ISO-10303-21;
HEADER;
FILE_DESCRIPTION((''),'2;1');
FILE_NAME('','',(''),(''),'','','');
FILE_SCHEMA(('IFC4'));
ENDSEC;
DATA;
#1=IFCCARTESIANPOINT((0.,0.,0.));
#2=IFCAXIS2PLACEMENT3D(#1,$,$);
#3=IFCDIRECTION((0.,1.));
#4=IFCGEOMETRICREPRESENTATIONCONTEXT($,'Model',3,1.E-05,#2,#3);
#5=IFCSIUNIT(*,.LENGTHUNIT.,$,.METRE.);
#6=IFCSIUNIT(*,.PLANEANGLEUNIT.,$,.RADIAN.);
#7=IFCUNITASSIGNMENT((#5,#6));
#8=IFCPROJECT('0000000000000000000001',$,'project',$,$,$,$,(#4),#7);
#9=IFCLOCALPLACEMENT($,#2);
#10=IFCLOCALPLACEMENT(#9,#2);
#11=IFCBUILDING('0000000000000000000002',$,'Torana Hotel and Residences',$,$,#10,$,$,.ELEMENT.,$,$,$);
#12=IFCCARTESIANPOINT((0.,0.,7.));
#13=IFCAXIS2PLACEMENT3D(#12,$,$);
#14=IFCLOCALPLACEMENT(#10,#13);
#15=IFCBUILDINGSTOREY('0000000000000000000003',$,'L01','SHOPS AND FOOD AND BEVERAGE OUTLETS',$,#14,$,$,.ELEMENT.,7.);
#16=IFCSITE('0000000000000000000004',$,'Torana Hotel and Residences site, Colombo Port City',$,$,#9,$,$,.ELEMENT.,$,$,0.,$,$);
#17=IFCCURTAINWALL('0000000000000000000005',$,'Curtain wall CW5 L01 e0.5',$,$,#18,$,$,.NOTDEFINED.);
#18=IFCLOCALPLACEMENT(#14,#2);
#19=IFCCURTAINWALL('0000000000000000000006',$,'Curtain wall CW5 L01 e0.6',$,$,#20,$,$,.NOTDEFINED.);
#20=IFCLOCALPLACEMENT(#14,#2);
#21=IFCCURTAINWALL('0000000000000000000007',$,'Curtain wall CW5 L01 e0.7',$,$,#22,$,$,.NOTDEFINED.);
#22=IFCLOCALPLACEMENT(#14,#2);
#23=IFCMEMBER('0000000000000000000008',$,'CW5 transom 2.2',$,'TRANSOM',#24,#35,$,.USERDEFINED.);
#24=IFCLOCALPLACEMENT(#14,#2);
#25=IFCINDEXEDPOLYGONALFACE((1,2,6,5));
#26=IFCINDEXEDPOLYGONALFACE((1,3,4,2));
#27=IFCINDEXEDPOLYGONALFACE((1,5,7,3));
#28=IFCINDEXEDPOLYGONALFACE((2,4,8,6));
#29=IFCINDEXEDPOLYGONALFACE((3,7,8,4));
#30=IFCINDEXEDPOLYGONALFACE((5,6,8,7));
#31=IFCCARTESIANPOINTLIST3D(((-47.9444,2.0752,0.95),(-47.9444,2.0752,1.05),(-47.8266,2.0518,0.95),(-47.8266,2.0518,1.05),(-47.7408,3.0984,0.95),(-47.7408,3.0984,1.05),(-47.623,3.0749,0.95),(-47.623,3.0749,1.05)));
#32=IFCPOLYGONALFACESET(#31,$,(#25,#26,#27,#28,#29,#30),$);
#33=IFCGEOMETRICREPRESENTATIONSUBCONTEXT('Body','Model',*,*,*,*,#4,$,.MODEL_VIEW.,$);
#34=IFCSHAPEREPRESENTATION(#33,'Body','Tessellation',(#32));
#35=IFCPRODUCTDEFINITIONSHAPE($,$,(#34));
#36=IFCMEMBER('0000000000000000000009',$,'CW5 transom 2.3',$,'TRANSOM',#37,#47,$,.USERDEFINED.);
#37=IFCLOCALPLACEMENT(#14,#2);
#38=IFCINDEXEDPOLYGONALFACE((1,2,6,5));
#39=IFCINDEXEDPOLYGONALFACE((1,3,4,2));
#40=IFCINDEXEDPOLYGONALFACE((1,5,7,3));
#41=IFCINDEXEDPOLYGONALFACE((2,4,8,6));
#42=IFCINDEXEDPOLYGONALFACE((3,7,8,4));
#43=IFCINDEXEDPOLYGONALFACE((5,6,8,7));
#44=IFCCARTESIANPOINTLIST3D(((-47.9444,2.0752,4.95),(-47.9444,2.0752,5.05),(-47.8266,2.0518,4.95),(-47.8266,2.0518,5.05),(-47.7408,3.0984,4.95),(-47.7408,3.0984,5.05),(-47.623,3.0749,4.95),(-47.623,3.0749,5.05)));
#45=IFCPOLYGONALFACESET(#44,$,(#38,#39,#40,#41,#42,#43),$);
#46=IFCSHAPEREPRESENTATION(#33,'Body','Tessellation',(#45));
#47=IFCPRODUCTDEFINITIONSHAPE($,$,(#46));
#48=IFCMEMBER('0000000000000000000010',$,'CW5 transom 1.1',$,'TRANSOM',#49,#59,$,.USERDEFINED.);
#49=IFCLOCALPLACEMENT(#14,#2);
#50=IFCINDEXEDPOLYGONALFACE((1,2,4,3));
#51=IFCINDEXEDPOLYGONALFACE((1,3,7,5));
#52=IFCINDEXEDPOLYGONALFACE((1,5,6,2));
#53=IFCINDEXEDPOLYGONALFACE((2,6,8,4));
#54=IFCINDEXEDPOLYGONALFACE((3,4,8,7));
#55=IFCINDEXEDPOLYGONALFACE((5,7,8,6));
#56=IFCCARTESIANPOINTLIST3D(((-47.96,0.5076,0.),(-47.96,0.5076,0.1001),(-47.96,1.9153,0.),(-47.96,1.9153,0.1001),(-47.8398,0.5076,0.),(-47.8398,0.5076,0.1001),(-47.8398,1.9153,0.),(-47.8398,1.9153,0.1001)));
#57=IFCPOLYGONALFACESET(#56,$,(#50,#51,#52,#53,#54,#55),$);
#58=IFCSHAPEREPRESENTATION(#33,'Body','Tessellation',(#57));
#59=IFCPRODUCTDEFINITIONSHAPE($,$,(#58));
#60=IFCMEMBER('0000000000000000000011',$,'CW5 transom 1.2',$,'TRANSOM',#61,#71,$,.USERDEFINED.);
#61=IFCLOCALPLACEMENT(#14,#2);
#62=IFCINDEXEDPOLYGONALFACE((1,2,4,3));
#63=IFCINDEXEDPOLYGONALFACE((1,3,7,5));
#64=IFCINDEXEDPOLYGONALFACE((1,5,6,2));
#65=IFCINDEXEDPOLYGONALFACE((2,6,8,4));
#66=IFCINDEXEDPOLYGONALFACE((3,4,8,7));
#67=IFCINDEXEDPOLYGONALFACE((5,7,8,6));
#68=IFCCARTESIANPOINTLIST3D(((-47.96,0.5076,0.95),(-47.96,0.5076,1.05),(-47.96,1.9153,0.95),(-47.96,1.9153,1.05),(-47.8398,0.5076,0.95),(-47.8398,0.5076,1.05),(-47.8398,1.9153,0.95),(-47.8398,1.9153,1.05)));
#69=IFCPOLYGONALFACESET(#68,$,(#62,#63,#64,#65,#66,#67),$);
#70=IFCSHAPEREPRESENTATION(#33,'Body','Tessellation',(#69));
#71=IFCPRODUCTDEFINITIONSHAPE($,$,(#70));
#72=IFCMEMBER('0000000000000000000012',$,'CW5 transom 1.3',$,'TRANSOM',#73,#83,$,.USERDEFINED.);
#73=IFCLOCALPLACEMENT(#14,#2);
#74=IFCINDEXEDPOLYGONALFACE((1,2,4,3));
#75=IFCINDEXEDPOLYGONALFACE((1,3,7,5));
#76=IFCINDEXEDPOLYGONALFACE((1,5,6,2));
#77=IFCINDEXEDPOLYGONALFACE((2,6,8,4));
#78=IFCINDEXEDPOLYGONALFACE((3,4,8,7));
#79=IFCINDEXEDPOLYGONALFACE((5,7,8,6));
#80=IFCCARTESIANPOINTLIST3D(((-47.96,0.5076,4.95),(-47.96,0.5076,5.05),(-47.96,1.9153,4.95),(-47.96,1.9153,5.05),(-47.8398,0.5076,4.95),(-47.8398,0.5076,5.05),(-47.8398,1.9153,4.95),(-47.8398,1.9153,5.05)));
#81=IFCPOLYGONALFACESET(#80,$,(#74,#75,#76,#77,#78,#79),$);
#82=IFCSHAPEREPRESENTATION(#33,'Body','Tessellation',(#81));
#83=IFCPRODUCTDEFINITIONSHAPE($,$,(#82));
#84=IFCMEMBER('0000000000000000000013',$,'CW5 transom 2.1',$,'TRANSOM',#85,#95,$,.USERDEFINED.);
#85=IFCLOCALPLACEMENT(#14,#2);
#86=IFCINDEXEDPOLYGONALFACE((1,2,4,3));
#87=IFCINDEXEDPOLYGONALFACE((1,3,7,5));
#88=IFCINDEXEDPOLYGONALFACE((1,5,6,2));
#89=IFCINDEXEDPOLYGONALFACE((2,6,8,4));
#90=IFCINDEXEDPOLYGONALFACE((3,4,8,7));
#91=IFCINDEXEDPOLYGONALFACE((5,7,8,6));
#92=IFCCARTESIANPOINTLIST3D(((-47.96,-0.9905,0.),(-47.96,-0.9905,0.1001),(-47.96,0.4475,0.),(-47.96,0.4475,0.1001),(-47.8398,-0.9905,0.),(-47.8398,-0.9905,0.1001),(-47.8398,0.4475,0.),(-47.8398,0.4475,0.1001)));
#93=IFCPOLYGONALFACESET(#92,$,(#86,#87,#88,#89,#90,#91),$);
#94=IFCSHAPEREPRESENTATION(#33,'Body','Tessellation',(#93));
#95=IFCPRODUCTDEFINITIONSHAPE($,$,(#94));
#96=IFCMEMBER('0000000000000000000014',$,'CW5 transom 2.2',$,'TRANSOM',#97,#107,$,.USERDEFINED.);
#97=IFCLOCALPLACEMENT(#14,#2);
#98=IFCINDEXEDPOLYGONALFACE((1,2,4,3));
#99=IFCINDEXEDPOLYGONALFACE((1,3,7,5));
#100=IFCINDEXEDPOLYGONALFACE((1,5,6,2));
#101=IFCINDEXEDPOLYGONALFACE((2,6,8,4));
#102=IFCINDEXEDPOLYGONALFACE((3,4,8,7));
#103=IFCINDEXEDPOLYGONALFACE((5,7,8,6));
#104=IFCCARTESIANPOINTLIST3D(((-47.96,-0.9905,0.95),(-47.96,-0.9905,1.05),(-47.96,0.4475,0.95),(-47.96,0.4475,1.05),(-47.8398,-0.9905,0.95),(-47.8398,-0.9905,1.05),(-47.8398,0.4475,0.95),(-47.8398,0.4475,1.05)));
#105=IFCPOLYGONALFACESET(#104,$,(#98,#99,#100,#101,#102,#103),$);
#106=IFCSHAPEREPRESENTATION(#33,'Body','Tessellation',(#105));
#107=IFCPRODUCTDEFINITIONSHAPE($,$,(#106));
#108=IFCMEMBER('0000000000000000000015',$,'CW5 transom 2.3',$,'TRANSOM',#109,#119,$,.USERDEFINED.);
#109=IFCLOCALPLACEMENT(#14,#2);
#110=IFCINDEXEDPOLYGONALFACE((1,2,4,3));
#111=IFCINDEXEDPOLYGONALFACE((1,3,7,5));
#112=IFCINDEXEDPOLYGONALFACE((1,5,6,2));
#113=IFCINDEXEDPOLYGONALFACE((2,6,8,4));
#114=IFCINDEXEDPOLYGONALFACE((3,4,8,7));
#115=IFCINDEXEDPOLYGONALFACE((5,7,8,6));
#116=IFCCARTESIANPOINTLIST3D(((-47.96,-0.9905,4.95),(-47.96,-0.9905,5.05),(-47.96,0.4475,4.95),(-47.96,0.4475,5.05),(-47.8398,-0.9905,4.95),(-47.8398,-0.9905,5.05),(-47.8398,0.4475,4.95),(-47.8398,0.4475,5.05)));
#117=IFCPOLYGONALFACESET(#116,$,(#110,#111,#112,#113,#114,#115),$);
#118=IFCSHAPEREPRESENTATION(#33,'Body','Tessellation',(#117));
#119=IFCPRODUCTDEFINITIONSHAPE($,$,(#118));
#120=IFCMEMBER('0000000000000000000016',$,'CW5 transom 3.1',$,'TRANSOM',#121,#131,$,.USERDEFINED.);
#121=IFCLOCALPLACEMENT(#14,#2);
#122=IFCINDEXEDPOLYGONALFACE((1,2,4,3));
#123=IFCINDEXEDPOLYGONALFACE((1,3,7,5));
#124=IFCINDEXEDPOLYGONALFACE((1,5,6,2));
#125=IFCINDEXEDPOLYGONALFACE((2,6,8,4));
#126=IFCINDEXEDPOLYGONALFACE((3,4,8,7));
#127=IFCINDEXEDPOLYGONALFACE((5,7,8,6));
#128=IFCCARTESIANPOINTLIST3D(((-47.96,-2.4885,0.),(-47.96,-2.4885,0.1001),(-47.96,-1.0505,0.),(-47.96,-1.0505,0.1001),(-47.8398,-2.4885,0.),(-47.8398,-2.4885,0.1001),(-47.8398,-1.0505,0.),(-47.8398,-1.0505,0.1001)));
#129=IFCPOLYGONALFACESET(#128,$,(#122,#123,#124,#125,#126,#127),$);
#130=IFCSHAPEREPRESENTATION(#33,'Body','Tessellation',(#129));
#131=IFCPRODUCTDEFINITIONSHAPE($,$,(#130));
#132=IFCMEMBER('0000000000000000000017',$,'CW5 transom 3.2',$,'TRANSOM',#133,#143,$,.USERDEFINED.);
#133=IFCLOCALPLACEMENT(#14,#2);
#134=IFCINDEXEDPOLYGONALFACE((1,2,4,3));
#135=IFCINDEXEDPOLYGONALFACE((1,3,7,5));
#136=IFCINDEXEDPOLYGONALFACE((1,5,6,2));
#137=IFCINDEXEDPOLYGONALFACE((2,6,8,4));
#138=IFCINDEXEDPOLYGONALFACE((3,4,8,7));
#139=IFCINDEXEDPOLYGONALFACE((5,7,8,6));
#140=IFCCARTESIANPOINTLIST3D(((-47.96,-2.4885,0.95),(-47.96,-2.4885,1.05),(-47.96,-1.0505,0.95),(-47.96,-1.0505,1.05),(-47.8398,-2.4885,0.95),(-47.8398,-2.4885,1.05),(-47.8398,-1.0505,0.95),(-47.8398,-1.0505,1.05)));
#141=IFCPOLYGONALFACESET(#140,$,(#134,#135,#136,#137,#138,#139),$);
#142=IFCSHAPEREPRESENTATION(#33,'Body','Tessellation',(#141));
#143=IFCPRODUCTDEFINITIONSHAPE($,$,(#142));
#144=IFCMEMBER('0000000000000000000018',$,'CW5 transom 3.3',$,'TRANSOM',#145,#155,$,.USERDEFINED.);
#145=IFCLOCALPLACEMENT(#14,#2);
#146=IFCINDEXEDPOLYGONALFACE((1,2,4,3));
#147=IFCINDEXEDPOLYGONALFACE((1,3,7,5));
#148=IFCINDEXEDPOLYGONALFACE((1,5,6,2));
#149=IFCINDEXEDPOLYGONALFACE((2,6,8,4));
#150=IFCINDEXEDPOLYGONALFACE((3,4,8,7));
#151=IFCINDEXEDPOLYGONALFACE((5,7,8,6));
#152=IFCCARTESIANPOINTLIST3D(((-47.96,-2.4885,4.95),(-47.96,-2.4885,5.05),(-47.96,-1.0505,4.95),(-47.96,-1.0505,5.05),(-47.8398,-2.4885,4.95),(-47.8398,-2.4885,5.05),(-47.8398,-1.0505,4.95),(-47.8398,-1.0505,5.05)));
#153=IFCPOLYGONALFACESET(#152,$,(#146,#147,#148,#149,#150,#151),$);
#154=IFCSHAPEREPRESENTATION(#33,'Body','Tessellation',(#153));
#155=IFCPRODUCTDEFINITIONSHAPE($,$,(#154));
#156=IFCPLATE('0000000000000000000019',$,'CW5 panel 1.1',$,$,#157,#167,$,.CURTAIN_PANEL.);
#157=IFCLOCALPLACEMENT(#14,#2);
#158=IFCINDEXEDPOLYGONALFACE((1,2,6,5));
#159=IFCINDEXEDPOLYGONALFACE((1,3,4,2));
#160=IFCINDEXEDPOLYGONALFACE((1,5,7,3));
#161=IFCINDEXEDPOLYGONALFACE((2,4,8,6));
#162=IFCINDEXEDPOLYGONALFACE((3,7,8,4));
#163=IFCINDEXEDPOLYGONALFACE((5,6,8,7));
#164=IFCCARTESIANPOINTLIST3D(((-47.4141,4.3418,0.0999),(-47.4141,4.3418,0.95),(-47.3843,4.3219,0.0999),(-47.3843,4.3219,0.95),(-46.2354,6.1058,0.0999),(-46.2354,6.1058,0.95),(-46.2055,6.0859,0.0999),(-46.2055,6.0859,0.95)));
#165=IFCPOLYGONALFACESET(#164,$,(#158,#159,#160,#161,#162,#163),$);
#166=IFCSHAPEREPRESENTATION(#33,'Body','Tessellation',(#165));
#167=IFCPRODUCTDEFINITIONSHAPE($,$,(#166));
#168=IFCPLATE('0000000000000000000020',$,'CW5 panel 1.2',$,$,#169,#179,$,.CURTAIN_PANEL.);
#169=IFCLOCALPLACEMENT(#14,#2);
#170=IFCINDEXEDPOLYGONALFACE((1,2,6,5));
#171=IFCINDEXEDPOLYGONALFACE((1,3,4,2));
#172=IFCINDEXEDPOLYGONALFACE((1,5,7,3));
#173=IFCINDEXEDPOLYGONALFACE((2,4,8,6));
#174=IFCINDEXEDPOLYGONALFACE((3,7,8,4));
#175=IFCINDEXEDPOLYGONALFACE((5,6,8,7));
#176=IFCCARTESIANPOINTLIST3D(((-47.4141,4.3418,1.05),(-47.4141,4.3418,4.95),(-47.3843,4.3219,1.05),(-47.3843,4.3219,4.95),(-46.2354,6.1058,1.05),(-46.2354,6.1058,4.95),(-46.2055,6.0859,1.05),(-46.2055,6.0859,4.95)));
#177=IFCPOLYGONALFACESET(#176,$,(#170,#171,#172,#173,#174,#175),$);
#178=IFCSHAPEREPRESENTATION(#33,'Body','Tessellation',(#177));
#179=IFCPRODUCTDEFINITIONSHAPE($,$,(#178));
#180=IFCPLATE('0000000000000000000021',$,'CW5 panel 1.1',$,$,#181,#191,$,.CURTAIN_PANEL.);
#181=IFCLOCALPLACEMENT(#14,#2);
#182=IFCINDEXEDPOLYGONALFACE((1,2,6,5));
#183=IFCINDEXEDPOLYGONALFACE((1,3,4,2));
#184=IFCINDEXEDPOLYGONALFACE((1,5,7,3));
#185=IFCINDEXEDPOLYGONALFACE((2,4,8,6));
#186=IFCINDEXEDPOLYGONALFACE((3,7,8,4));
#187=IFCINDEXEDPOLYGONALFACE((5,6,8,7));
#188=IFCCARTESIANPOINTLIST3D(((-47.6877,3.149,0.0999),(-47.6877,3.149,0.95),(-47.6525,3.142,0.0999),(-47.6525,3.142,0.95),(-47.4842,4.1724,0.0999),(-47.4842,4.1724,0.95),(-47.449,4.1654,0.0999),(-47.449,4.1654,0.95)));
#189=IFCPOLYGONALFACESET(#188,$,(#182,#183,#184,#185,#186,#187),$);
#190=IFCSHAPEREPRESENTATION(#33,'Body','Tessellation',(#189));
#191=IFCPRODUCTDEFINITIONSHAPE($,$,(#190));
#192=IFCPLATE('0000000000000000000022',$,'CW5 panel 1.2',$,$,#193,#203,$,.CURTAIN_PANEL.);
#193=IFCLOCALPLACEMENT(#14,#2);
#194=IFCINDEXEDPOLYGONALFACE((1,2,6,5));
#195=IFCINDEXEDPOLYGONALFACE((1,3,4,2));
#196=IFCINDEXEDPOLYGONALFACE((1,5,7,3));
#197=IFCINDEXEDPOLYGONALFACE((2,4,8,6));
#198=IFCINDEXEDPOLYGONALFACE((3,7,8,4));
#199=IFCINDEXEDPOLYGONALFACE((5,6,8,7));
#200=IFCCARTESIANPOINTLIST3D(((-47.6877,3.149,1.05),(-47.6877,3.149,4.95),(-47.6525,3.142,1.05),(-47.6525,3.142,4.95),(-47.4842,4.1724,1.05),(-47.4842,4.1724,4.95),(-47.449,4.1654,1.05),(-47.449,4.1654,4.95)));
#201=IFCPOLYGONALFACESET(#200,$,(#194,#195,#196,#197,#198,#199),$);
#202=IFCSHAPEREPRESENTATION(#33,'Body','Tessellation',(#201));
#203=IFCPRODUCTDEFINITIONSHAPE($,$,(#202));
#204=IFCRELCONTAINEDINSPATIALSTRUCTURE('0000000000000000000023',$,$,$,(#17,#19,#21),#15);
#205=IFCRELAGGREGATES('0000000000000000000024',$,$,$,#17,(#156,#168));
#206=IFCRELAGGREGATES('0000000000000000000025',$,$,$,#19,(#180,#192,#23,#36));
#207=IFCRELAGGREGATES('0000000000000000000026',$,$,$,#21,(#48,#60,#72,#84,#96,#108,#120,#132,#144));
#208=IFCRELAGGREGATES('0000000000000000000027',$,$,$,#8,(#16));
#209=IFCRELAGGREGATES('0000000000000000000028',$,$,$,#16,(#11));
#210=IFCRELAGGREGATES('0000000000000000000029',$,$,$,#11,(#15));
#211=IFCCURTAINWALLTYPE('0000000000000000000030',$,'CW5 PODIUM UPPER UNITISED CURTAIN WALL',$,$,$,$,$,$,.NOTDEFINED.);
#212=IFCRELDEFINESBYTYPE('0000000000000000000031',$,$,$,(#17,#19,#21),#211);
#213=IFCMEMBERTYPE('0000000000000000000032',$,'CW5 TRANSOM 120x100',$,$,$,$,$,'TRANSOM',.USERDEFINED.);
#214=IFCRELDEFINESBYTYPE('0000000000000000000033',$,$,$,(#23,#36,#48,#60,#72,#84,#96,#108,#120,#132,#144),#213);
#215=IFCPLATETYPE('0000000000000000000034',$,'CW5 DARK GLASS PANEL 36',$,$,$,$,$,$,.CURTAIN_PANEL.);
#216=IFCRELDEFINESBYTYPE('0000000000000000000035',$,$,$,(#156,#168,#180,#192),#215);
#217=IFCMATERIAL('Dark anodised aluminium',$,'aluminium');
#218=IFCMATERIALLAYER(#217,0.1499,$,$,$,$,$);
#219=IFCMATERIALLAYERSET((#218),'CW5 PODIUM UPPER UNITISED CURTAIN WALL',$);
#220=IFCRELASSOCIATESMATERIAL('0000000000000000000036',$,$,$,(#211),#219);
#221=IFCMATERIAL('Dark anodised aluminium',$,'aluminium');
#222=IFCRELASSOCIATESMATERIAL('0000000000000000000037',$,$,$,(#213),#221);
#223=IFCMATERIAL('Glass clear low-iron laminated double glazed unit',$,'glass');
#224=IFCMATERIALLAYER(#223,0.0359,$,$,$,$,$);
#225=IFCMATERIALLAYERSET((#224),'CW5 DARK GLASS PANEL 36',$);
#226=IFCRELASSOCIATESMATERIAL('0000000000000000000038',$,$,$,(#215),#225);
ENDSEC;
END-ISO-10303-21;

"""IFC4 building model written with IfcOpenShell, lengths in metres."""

from ifc_helpers import new_model, si_unit, direction, frame, origin, origin_2d, place, context, subcontext, project, spatial, rectangle, extrude, material, layer, layer_set, material_profile, profile_set, type_object, element, aggregate, save


model = new_model("IFC4")

# Units and contexts
model_context = context("Model", 3, precision=1e-05, world=origin(), true_north=direction((0.0, 1.0)))
body_context = subcontext(model_context, "Body", "Model", "MODEL_VIEW")
ifc_project = project(units=[si_unit("LENGTHUNIT", "METRE"), si_unit("PLANEANGLEUNIT", "RADIAN")], contexts=[model_context])

# Site, building, storey
site_placement = place(None, origin())
site = spatial("IfcSite", under=ifc_project, at=site_placement, Name="Torana Hotel and Residences site, Colombo Port City", CompositionType="ELEMENT", RefElevation=0.0)
building_placement = place(site_placement, origin())
building = spatial("IfcBuilding", under=site, at=building_placement, Name="Torana Hotel and Residences", CompositionType="ELEMENT")
storey_placement = place(building_placement, frame((0.0, 0.0, 7.0)))
storey = spatial("IfcBuildingStorey", under=building, at=storey_placement, Name="L01", Description="SHOPS AND FOOD AND BEVERAGE OUTLETS", CompositionType="ELEMENT", Elevation=7.0)

# Curtain walls
ifc_material_1 = material(Name="Dark anodised aluminium", Category="aluminium")
ifc_layer_1 = layer(ifc_material_1, 0.1499)
ifc_layer_set_1 = layer_set([ifc_layer_1], Name="CW5 PODIUM UPPER UNITISED CURTAIN WALL")
curtain_wall_type = type_object("IfcCurtainWallType", Name="CW5 PODIUM UPPER UNITISED CURTAIN WALL", PredefinedType="NOTDEFINED", material=ifc_layer_set_1)
curtain_wall_1_placement = place(storey_placement, origin())
curtain_wall_1 = element("IfcCurtainWall", 1, at=curtain_wall_1_placement, inside=storey, type_object=curtain_wall_type, Name="Curtain wall CW5 L01 e0.5", PredefinedType="NOTDEFINED")
curtain_wall_2_placement = place(storey_placement, origin())
curtain_wall_2 = element("IfcCurtainWall", 2, at=curtain_wall_2_placement, inside=storey, type_object=curtain_wall_type, Name="Curtain wall CW5 L01 e0.6", PredefinedType="NOTDEFINED")
curtain_wall_3_placement = place(storey_placement, origin())
curtain_wall_3 = element("IfcCurtainWall", 3, at=curtain_wall_3_placement, inside=storey, type_object=curtain_wall_type, Name="Curtain wall CW5 L01 e0.7", PredefinedType="NOTDEFINED")

# Members
ifc_material_2 = material(Name="Dark anodised aluminium", Category="aluminium")
ifc_material_profile_1 = material_profile(ifc_material_2, rectangle(XDim=0.1201, YDim=0.1001, at=origin_2d()), Name="CW5 TRANSOM 120x100")
ifc_profile_set_1 = profile_set([ifc_material_profile_1], Name="Dark anodised aluminium")
member_type_1 = type_object("IfcMemberType", Name="CW5 TRANSOM 120x100", ElementType="TRANSOM", PredefinedType="USERDEFINED", material=ifc_profile_set_1)
member_1_placement = place(storey_placement, frame((-47.6819, 3.0867, 1.0), z_axis=(-0.195171, -0.980769, 0.0), x_axis=(0.980769, -0.195171, 0.0)))
member_1 = element("IfcMember", 4, at=member_1_placement, type_object=member_type_1, Name="CW5 transom 2.2", ObjectType="TRANSOM", PredefinedType="USERDEFINED", context=body_context, shape_type="SweptSolid", body=[
    extrude(rectangle(XDim=0.1201, YDim=0.1001, at=origin_2d()), origin(), (0.0, 0.0, 1.0), 1.0432),
])
member_2_placement = place(storey_placement, frame((-47.6819, 3.0867, 5.0), z_axis=(-0.195171, -0.980769, 0.0), x_axis=(0.980769, -0.195171, 0.0)))
member_2 = element("IfcMember", 5, at=member_2_placement, type_object=member_type_1, Name="CW5 transom 2.3", ObjectType="TRANSOM", PredefinedType="USERDEFINED", context=body_context, shape_type="SweptSolid", body=[
    extrude(rectangle(XDim=0.1201, YDim=0.1001, at=origin_2d()), origin(), (0.0, 0.0, 1.0), 1.0432),
])
member_3_placement = place(storey_placement, frame((-47.8999, 1.9153, 0.05), z_axis=(0.0, -1.0, 0.0), x_axis=(1.0, 0.0, 0.0)))
member_3 = element("IfcMember", 6, at=member_3_placement, type_object=member_type_1, Name="CW5 transom 1.1", ObjectType="TRANSOM", PredefinedType="USERDEFINED", context=body_context, shape_type="SweptSolid", body=[
    extrude(rectangle(XDim=0.1201, YDim=0.1001, at=origin_2d()), origin(), (0.0, 0.0, 1.0), 1.4077),
])
member_4_placement = place(storey_placement, frame((-47.8999, 1.9153, 1.0), z_axis=(0.0, -1.0, 0.0), x_axis=(1.0, 0.0, 0.0)))
member_4 = element("IfcMember", 7, at=member_4_placement, type_object=member_type_1, Name="CW5 transom 1.2", ObjectType="TRANSOM", PredefinedType="USERDEFINED", context=body_context, shape_type="SweptSolid", body=[
    extrude(rectangle(XDim=0.1201, YDim=0.1001, at=origin_2d()), origin(), (0.0, 0.0, 1.0), 1.4077),
])
member_5_placement = place(storey_placement, frame((-47.8999, 1.9153, 5.0), z_axis=(0.0, -1.0, 0.0), x_axis=(1.0, 0.0, 0.0)))
member_5 = element("IfcMember", 8, at=member_5_placement, type_object=member_type_1, Name="CW5 transom 1.3", ObjectType="TRANSOM", PredefinedType="USERDEFINED", context=body_context, shape_type="SweptSolid", body=[
    extrude(rectangle(XDim=0.1201, YDim=0.1001, at=origin_2d()), origin(), (0.0, 0.0, 1.0), 1.4077),
])
member_6_placement = place(storey_placement, frame((-47.8999, 0.4475, 0.05), z_axis=(0.0, -1.0, 0.0), x_axis=(1.0, 0.0, 0.0)))
member_6 = element("IfcMember", 9, at=member_6_placement, type_object=member_type_1, Name="CW5 transom 2.1", ObjectType="TRANSOM", PredefinedType="USERDEFINED", context=body_context, shape_type="SweptSolid", body=[
    extrude(rectangle(XDim=0.1201, YDim=0.1001, at=origin_2d()), origin(), (0.0, 0.0, 1.0), 1.438),
])
member_7_placement = place(storey_placement, frame((-47.8999, 0.4475, 1.0), z_axis=(0.0, -1.0, 0.0), x_axis=(1.0, 0.0, 0.0)))
member_7 = element("IfcMember", 10, at=member_7_placement, type_object=member_type_1, Name="CW5 transom 2.2", ObjectType="TRANSOM", PredefinedType="USERDEFINED", context=body_context, shape_type="SweptSolid", body=[
    extrude(rectangle(XDim=0.1201, YDim=0.1001, at=origin_2d()), origin(), (0.0, 0.0, 1.0), 1.438),
])
member_8_placement = place(storey_placement, frame((-47.8999, 0.4475, 5.0), z_axis=(0.0, -1.0, 0.0), x_axis=(1.0, 0.0, 0.0)))
member_8 = element("IfcMember", 11, at=member_8_placement, type_object=member_type_1, Name="CW5 transom 2.3", ObjectType="TRANSOM", PredefinedType="USERDEFINED", context=body_context, shape_type="SweptSolid", body=[
    extrude(rectangle(XDim=0.1201, YDim=0.1001, at=origin_2d()), origin(), (0.0, 0.0, 1.0), 1.438),
])
member_9_placement = place(storey_placement, frame((-47.8999, -1.0505, 0.05), z_axis=(0.0, -1.0, 0.0), x_axis=(1.0, 0.0, 0.0)))
member_9 = element("IfcMember", 12, at=member_9_placement, type_object=member_type_1, Name="CW5 transom 3.1", ObjectType="TRANSOM", PredefinedType="USERDEFINED", context=body_context, shape_type="SweptSolid", body=[
    extrude(rectangle(XDim=0.1201, YDim=0.1001, at=origin_2d()), origin(), (0.0, 0.0, 1.0), 1.438),
])
member_10_placement = place(storey_placement, frame((-47.8999, -1.0505, 1.0), z_axis=(0.0, -1.0, 0.0), x_axis=(1.0, 0.0, 0.0)))
member_10 = element("IfcMember", 13, at=member_10_placement, type_object=member_type_1, Name="CW5 transom 3.2", ObjectType="TRANSOM", PredefinedType="USERDEFINED", context=body_context, shape_type="SweptSolid", body=[
    extrude(rectangle(XDim=0.1201, YDim=0.1001, at=origin_2d()), origin(), (0.0, 0.0, 1.0), 1.438),
])
member_11_placement = place(storey_placement, frame((-47.8999, -1.0505, 5.0), z_axis=(0.0, -1.0, 0.0), x_axis=(1.0, 0.0, 0.0)))
member_11 = element("IfcMember", 14, at=member_11_placement, type_object=member_type_1, Name="CW5 transom 3.3", ObjectType="TRANSOM", PredefinedType="USERDEFINED", context=body_context, shape_type="SweptSolid", body=[
    extrude(rectangle(XDim=0.1201, YDim=0.1001, at=origin_2d()), origin(), (0.0, 0.0, 1.0), 1.438),
])

# Plates
ifc_material_3 = material(Name="Glass clear low-iron laminated double glazed unit", Category="glass")
ifc_layer_2 = layer(ifc_material_3, 0.0359)
ifc_layer_set_2 = layer_set([ifc_layer_2], Name="CW5 DARK GLASS PANEL 36")
plate_type = type_object("IfcPlateType", Name="CW5 DARK GLASS PANEL 36", PredefinedType="CURTAIN_PANEL", material=ifc_layer_set_2)
plate_1_placement = place(storey_placement, frame((-46.8098, 5.2139, 0.0999), z_axis=(0.0, 0.0, 1.0), x_axis=(-0.555585, -0.83146, 0.0)))
plate_1 = element("IfcPlate", 15, at=plate_1_placement, type_object=plate_type, Name="CW5 panel 1.1", PredefinedType="CURTAIN_PANEL", context=body_context, shape_type="SweptSolid", body=[
    extrude(rectangle(XDim=2.1216, YDim=0.0359, at=origin_2d()), origin(), (0.0, 0.0, 1.0), 0.8501),
])
plate_2_placement = place(storey_placement, frame((-46.8098, 5.2139, 1.05), z_axis=(0.0, 0.0, 1.0), x_axis=(-0.555585, -0.83146, 0.0)))
plate_2 = element("IfcPlate", 16, at=plate_2_placement, type_object=plate_type, Name="CW5 panel 1.2", PredefinedType="CURTAIN_PANEL", context=body_context, shape_type="SweptSolid", body=[
    extrude(rectangle(XDim=2.1216, YDim=0.0359, at=origin_2d()), origin(), (0.0, 0.0, 1.0), 3.8999),
])
aggregate(curtain_wall_1, [plate_1, plate_2])
plate_3_placement = place(storey_placement, frame((-47.5684, 3.6572, 0.0999), z_axis=(0.0, 0.0, 1.0), x_axis=(-0.195081, -0.980787, 0.0)))
plate_3 = element("IfcPlate", 17, at=plate_3_placement, type_object=plate_type, Name="CW5 panel 1.1", PredefinedType="CURTAIN_PANEL", context=body_context, shape_type="SweptSolid", body=[
    extrude(rectangle(XDim=1.0435, YDim=0.0359, at=origin_2d()), origin(), (0.0, 0.0, 1.0), 0.8501),
])
plate_4_placement = place(storey_placement, frame((-47.5684, 3.6572, 1.05), z_axis=(0.0, 0.0, 1.0), x_axis=(-0.195081, -0.980787, 0.0)))
plate_4 = element("IfcPlate", 18, at=plate_4_placement, type_object=plate_type, Name="CW5 panel 1.2", PredefinedType="CURTAIN_PANEL", context=body_context, shape_type="SweptSolid", body=[
    extrude(rectangle(XDim=1.0435, YDim=0.0359, at=origin_2d()), origin(), (0.0, 0.0, 1.0), 3.8999),
])
aggregate(curtain_wall_2, [plate_3, plate_4, member_1, member_2])
aggregate(curtain_wall_3, [member_3, member_4, member_5, member_6, member_7, member_8, member_9, member_10, member_11])

save(model, "model.ifc")
